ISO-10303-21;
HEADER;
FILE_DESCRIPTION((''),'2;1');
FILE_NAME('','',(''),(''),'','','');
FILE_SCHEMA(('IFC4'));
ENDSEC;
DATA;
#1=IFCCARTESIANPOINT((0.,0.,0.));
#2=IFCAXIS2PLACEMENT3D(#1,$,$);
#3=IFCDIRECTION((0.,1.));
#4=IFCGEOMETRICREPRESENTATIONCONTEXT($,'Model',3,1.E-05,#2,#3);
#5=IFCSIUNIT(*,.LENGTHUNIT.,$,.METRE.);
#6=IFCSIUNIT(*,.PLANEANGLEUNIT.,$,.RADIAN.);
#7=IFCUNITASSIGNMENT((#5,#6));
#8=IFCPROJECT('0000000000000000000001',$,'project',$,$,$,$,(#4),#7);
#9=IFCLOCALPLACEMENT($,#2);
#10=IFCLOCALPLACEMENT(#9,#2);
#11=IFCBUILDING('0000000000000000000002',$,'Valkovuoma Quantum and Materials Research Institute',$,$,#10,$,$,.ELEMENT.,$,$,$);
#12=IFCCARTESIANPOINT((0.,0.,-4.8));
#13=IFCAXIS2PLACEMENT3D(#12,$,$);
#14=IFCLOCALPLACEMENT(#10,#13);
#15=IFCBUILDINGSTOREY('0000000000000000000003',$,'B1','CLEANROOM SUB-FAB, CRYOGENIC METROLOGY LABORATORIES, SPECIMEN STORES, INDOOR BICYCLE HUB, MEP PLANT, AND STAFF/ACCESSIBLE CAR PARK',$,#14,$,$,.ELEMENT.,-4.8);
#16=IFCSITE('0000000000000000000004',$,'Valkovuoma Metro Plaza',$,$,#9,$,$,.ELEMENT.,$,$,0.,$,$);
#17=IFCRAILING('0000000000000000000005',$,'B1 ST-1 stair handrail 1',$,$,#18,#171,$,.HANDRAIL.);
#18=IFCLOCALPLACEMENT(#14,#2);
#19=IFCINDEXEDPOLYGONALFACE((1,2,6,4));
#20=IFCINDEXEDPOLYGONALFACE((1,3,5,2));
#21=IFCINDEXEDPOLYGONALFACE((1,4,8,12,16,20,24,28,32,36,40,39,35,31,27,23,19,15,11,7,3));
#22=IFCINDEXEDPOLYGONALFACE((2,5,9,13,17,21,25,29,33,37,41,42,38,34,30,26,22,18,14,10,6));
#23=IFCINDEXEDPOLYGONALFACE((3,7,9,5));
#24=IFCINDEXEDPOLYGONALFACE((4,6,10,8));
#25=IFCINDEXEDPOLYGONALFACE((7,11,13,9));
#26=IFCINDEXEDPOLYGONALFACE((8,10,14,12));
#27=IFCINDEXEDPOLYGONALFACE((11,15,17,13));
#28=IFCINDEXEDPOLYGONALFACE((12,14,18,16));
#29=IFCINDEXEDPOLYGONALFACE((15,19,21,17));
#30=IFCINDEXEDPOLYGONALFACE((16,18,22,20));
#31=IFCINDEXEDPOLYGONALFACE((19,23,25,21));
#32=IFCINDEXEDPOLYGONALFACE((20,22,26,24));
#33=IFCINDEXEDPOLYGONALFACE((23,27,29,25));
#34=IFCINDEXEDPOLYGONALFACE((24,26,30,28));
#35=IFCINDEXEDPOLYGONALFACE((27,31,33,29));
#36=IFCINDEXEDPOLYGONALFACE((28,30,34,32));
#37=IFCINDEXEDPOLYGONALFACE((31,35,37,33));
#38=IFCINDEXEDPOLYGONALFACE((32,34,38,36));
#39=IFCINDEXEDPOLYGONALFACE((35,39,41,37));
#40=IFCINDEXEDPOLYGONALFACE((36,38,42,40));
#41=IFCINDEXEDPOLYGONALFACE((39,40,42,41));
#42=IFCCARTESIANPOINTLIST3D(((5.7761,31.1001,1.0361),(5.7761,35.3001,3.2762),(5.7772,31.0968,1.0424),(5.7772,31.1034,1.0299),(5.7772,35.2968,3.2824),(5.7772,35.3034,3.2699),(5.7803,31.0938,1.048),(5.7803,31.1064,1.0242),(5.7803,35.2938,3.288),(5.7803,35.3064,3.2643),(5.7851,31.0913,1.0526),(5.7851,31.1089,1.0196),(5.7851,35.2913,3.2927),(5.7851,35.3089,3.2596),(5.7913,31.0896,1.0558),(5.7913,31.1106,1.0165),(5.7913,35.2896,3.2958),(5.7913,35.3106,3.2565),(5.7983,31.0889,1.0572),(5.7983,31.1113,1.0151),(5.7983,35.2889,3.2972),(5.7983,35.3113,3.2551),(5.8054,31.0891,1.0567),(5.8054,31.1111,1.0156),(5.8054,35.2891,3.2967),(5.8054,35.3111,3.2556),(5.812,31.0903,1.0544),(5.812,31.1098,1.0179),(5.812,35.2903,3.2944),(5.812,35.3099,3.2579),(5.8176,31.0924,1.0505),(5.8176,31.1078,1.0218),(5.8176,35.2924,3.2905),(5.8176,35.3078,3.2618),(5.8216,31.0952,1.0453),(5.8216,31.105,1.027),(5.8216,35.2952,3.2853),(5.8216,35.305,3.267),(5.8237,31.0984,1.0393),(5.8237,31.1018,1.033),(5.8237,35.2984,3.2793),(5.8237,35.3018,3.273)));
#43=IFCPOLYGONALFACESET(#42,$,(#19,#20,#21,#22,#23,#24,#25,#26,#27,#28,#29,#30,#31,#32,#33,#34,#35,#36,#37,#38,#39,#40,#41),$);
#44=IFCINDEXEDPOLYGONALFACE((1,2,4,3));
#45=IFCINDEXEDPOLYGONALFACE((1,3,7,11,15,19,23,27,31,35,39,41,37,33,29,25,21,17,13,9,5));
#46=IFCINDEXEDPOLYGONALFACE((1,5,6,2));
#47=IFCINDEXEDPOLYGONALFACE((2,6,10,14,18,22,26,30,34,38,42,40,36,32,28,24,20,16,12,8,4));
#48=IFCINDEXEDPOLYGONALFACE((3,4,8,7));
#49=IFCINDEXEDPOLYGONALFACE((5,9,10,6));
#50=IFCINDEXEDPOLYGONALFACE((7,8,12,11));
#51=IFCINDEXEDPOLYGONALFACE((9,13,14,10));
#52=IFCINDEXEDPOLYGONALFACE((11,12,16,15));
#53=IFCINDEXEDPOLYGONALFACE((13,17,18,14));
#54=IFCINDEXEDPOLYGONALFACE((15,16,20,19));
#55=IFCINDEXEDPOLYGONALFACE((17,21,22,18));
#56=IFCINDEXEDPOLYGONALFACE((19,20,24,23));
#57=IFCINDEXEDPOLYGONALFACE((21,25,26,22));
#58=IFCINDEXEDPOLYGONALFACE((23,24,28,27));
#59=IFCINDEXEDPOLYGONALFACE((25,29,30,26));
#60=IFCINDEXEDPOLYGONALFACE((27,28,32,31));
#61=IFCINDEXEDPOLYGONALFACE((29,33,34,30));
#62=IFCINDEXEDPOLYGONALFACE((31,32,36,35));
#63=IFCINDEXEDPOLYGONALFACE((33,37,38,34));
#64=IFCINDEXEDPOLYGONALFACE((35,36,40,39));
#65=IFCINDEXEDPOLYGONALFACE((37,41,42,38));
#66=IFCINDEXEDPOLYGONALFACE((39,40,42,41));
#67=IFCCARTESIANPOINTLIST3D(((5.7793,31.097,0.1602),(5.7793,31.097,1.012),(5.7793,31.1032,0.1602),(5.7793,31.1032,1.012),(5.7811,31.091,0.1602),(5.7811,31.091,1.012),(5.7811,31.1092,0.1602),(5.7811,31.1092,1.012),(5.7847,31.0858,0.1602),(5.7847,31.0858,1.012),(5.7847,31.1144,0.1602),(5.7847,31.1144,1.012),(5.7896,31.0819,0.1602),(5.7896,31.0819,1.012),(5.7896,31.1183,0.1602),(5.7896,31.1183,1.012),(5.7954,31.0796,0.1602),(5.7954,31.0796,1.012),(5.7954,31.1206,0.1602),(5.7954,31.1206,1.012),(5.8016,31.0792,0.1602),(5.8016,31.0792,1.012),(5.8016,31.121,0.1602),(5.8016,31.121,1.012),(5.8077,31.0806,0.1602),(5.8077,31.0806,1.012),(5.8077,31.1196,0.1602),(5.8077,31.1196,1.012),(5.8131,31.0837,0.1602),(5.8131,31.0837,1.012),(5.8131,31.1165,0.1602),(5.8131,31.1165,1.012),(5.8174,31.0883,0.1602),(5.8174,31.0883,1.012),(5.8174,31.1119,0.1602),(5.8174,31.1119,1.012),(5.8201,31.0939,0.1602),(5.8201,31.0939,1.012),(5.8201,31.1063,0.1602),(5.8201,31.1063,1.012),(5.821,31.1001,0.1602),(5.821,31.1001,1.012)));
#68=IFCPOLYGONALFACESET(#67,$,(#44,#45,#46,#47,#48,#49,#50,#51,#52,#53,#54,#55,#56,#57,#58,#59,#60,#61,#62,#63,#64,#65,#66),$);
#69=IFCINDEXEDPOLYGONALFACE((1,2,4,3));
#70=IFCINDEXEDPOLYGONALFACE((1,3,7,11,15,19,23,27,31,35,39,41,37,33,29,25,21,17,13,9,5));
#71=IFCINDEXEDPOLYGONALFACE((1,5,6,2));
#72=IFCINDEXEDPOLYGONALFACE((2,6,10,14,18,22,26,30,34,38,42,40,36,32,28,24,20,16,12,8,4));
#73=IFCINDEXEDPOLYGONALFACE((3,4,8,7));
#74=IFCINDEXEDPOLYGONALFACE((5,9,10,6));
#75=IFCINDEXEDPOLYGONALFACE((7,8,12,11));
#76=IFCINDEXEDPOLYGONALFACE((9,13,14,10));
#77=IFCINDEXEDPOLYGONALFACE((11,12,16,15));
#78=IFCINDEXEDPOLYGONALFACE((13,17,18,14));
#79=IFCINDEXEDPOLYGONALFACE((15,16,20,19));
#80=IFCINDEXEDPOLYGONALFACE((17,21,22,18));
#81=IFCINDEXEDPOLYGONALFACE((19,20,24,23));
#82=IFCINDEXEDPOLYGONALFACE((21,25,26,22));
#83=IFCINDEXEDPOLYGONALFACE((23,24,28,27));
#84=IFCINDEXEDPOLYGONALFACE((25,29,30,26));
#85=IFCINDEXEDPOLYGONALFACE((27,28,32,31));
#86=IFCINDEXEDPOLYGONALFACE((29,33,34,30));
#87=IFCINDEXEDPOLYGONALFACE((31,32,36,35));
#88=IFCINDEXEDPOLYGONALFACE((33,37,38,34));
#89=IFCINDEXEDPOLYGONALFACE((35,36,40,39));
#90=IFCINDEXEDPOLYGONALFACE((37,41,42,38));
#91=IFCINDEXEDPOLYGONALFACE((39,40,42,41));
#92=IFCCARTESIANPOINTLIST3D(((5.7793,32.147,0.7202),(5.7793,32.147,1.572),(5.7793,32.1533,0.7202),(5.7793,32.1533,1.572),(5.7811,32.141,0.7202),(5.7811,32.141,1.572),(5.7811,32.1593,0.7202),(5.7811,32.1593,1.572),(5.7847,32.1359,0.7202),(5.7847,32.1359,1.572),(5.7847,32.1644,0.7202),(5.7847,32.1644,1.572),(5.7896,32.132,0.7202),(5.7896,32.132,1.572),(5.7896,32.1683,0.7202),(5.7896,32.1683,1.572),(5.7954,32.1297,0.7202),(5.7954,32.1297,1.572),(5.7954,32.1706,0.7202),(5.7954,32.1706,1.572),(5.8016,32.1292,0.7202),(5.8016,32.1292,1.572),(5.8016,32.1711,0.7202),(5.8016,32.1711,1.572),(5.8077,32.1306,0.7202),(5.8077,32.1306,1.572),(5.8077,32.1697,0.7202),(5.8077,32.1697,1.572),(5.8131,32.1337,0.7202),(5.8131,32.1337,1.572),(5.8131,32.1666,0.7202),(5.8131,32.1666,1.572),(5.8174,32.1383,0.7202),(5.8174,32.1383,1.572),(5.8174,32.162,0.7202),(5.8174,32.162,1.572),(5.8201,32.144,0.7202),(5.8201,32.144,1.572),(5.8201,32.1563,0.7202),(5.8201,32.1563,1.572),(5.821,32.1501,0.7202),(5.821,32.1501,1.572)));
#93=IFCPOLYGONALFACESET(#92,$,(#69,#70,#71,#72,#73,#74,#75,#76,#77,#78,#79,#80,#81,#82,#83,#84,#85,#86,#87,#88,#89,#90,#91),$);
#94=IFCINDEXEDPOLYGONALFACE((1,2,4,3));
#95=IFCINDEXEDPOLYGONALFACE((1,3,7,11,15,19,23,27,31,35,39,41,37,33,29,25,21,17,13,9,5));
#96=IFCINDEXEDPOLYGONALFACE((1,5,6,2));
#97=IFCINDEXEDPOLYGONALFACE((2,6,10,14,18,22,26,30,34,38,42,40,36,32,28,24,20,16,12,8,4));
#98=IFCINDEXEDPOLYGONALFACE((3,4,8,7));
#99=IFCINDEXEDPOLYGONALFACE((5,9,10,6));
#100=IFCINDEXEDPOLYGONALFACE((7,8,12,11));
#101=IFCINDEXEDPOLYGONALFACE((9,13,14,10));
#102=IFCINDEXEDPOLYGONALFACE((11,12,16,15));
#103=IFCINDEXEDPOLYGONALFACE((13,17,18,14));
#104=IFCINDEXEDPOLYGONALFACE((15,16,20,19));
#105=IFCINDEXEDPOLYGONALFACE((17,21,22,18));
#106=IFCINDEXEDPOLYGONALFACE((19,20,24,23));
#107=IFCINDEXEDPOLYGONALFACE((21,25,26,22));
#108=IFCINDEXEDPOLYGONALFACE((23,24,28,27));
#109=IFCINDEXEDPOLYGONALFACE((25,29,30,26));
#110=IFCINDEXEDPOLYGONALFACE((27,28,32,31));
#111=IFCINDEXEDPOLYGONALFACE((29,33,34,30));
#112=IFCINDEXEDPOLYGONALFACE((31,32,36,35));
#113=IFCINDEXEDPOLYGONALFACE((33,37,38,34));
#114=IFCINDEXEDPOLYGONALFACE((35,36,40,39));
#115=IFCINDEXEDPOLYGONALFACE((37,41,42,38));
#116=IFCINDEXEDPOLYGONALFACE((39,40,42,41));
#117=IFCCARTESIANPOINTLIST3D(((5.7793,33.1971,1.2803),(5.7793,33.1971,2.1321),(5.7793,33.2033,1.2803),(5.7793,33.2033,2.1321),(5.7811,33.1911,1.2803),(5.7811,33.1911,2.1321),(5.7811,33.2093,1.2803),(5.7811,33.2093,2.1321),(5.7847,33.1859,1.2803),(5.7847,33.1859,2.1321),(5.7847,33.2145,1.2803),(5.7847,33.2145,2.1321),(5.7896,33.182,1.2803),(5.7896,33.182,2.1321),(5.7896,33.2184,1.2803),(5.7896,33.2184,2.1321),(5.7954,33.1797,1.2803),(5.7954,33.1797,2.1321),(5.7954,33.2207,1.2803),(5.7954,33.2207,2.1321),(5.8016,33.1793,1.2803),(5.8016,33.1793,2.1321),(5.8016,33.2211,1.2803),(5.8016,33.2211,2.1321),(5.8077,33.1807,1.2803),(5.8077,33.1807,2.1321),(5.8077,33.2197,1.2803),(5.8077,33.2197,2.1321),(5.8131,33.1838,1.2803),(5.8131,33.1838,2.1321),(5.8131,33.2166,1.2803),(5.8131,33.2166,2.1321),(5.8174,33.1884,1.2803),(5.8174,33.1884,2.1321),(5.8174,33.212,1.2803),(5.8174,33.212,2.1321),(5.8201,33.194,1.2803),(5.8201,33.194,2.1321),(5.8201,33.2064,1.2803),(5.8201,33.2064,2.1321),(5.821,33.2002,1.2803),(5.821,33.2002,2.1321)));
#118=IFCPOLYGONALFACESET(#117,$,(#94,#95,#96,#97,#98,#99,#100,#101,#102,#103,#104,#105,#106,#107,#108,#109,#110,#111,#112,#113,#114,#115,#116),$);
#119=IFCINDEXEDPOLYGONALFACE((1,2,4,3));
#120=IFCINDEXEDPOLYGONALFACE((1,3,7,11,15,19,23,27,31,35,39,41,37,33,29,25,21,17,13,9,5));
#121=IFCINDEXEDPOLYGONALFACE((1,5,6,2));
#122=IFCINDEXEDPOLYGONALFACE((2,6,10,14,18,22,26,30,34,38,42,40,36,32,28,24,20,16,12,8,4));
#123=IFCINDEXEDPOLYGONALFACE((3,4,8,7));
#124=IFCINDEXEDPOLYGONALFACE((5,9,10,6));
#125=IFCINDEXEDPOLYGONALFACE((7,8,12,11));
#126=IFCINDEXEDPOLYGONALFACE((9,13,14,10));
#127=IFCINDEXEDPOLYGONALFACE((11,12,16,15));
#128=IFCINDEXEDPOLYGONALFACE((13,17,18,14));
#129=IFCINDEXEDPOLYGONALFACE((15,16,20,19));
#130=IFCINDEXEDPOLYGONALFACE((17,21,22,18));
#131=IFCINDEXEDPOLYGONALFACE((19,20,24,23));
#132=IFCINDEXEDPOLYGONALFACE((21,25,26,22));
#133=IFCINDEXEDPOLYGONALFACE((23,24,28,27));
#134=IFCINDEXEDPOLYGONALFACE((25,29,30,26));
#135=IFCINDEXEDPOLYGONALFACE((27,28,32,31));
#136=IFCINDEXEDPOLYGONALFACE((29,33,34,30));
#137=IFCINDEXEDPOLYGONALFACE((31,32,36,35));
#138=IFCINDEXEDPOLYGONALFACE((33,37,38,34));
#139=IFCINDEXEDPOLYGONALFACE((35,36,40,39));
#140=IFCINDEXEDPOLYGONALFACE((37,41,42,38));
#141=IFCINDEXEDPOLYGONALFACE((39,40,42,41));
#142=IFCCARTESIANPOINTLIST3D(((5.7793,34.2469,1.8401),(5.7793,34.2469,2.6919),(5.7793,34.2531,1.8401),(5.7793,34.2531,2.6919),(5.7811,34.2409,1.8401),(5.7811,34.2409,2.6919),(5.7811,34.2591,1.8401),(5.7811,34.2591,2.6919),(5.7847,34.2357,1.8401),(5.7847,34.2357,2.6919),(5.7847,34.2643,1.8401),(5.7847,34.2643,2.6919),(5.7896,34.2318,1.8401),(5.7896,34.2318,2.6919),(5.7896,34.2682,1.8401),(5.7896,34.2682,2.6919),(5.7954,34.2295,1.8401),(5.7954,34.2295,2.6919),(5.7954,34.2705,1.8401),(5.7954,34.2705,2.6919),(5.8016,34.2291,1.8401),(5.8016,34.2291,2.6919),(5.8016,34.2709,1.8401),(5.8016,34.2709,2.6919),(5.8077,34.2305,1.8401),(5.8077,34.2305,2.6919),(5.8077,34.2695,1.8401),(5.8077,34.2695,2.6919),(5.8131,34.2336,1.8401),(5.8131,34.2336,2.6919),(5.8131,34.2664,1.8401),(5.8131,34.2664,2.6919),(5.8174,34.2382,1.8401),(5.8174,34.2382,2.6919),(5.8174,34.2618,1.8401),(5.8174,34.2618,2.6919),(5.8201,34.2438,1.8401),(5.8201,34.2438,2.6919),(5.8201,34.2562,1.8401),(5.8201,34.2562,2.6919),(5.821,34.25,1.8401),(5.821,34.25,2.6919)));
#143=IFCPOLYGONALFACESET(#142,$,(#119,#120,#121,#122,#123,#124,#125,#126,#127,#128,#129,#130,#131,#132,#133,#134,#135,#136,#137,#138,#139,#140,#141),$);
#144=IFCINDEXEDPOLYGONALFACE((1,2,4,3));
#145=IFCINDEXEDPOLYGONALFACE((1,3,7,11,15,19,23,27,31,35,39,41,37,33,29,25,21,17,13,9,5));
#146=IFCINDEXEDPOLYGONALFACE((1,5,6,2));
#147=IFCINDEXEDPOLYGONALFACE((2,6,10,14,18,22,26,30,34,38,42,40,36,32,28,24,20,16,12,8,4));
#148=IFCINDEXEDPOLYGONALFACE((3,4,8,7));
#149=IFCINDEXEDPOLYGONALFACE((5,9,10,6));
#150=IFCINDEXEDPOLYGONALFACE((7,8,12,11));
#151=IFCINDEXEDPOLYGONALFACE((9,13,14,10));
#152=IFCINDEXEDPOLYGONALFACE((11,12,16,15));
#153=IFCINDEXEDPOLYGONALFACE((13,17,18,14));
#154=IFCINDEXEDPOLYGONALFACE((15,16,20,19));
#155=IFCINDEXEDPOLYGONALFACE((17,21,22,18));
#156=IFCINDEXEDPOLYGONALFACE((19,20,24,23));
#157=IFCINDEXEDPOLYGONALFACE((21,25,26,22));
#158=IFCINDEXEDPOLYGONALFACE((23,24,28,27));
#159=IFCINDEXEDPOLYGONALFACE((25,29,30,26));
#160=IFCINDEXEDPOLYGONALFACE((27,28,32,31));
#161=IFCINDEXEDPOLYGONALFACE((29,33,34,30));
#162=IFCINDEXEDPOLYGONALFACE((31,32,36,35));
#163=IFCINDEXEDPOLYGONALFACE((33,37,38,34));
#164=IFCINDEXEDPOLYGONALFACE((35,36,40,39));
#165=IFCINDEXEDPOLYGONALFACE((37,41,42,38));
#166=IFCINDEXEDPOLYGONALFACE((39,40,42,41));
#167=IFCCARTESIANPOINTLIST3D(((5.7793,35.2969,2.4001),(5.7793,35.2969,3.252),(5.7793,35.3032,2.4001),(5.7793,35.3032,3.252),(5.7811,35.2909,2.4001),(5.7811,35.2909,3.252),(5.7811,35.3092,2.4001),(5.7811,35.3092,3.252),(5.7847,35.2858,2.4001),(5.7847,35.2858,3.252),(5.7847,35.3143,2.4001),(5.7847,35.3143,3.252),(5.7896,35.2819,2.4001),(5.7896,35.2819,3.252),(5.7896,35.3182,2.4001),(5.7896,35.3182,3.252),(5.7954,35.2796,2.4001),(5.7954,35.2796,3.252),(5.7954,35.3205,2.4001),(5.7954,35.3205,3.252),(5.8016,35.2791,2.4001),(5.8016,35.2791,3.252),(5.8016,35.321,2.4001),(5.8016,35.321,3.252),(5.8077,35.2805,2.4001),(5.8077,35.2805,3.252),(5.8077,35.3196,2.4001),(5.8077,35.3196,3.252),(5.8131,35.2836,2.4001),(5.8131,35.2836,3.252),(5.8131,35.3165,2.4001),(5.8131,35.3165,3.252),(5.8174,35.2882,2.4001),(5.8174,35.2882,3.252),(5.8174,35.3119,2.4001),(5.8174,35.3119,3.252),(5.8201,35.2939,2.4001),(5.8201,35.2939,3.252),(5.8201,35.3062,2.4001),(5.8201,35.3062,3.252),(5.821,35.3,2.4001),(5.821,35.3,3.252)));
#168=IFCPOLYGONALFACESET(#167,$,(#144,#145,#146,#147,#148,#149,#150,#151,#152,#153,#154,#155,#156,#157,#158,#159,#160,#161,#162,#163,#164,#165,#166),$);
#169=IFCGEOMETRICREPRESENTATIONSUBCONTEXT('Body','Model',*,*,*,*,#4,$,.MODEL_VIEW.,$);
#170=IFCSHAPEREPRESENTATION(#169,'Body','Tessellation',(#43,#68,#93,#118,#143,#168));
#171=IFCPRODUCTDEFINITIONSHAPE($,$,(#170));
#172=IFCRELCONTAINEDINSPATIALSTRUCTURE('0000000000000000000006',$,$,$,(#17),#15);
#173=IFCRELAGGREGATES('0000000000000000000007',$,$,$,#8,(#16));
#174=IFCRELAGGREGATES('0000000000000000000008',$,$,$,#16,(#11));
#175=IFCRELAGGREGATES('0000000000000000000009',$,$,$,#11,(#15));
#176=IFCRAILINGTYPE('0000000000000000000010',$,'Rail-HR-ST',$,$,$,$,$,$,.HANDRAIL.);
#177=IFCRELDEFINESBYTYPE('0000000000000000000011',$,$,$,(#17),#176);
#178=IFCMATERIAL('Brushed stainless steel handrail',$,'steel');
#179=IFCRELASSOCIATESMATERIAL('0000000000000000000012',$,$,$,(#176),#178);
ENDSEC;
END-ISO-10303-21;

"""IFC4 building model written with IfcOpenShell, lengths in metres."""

from ifc_helpers import new_model, si_unit, direction, frame, origin, origin_2d, place, context, subcontext, project, spatial, circle, extrude, material, type_object, element, save


model = new_model("IFC4")

# Units and contexts
model_context = context("Model", 3, precision=1e-05, world=origin(), true_north=direction((0.0, 1.0)))
body_context = subcontext(model_context, "Body", "Model", "MODEL_VIEW")
ifc_project = project(units=[si_unit("LENGTHUNIT", "METRE"), si_unit("PLANEANGLEUNIT", "RADIAN")], contexts=[model_context])

# Site, building, storey
site_placement = place(None, origin())
site = spatial("IfcSite", under=ifc_project, at=site_placement, Name="Valkovuoma Metro Plaza", CompositionType="ELEMENT", RefElevation=0.0)
building_placement = place(site_placement, origin())
building = spatial("IfcBuilding", under=site, at=building_placement, Name="Valkovuoma Quantum and Materials Research Institute", CompositionType="ELEMENT")
storey_placement = place(building_placement, frame((0.0, 0.0, -4.8)))
storey = spatial("IfcBuildingStorey", under=building, at=storey_placement, Name="B1", Description="CLEANROOM SUB-FAB, CRYOGENIC METROLOGY LABORATORIES, SPECIMEN STORES, INDOOR BICYCLE HUB, MEP PLANT, AND STAFF/ACCESSIBLE CAR PARK", CompositionType="ELEMENT", Elevation=-4.8)

# Railing
ifc_material_1 = material(Name="Brushed stainless steel handrail", Category="steel")
railing_type = type_object("IfcRailingType", Name="Rail-HR-ST", PredefinedType="HANDRAIL", material=ifc_material_1)
railing_placement = place(storey_placement, frame((5.8, 31.1001, 0.1602)))
element("IfcRailing", 1, at=railing_placement, inside=storey, type_object=railing_type, Name="B1 ST-1 stair handrail 1", PredefinedType="HANDRAIL", context=body_context, shape_type="SweptSolid", body=[
    extrude(circle(Radius=0.0239, at=origin_2d()), frame((0.0, 0.0, 0.876), z_axis=(0.0, 0.882352, 0.470591), x_axis=(-1.0, 0.0, 0.0)), (0.0, 0.0, 1.0), 4.76),
    extrude(circle(Radius=0.021, at=origin_2d()), origin(), (0.0, 0.0, 1.0), 0.8518),
    extrude(circle(Radius=0.021, at=origin_2d()), frame((0.0, 1.05, 0.5601)), (0.0, 0.0, 1.0), 0.8518),
    extrude(circle(Radius=0.021, at=origin_2d()), frame((0.0, 2.1001, 1.1201)), (0.0, 0.0, 1.0), 0.8518),
    extrude(circle(Radius=0.021, at=origin_2d()), frame((0.0, 3.1499, 1.6799)), (0.0, 0.0, 1.0), 0.8518),
    extrude(circle(Radius=0.021, at=origin_2d()), frame((0.0, 4.2, 2.24)), (0.0, 0.0, 1.0), 0.8518),
])

save(model, "model.ifc")
